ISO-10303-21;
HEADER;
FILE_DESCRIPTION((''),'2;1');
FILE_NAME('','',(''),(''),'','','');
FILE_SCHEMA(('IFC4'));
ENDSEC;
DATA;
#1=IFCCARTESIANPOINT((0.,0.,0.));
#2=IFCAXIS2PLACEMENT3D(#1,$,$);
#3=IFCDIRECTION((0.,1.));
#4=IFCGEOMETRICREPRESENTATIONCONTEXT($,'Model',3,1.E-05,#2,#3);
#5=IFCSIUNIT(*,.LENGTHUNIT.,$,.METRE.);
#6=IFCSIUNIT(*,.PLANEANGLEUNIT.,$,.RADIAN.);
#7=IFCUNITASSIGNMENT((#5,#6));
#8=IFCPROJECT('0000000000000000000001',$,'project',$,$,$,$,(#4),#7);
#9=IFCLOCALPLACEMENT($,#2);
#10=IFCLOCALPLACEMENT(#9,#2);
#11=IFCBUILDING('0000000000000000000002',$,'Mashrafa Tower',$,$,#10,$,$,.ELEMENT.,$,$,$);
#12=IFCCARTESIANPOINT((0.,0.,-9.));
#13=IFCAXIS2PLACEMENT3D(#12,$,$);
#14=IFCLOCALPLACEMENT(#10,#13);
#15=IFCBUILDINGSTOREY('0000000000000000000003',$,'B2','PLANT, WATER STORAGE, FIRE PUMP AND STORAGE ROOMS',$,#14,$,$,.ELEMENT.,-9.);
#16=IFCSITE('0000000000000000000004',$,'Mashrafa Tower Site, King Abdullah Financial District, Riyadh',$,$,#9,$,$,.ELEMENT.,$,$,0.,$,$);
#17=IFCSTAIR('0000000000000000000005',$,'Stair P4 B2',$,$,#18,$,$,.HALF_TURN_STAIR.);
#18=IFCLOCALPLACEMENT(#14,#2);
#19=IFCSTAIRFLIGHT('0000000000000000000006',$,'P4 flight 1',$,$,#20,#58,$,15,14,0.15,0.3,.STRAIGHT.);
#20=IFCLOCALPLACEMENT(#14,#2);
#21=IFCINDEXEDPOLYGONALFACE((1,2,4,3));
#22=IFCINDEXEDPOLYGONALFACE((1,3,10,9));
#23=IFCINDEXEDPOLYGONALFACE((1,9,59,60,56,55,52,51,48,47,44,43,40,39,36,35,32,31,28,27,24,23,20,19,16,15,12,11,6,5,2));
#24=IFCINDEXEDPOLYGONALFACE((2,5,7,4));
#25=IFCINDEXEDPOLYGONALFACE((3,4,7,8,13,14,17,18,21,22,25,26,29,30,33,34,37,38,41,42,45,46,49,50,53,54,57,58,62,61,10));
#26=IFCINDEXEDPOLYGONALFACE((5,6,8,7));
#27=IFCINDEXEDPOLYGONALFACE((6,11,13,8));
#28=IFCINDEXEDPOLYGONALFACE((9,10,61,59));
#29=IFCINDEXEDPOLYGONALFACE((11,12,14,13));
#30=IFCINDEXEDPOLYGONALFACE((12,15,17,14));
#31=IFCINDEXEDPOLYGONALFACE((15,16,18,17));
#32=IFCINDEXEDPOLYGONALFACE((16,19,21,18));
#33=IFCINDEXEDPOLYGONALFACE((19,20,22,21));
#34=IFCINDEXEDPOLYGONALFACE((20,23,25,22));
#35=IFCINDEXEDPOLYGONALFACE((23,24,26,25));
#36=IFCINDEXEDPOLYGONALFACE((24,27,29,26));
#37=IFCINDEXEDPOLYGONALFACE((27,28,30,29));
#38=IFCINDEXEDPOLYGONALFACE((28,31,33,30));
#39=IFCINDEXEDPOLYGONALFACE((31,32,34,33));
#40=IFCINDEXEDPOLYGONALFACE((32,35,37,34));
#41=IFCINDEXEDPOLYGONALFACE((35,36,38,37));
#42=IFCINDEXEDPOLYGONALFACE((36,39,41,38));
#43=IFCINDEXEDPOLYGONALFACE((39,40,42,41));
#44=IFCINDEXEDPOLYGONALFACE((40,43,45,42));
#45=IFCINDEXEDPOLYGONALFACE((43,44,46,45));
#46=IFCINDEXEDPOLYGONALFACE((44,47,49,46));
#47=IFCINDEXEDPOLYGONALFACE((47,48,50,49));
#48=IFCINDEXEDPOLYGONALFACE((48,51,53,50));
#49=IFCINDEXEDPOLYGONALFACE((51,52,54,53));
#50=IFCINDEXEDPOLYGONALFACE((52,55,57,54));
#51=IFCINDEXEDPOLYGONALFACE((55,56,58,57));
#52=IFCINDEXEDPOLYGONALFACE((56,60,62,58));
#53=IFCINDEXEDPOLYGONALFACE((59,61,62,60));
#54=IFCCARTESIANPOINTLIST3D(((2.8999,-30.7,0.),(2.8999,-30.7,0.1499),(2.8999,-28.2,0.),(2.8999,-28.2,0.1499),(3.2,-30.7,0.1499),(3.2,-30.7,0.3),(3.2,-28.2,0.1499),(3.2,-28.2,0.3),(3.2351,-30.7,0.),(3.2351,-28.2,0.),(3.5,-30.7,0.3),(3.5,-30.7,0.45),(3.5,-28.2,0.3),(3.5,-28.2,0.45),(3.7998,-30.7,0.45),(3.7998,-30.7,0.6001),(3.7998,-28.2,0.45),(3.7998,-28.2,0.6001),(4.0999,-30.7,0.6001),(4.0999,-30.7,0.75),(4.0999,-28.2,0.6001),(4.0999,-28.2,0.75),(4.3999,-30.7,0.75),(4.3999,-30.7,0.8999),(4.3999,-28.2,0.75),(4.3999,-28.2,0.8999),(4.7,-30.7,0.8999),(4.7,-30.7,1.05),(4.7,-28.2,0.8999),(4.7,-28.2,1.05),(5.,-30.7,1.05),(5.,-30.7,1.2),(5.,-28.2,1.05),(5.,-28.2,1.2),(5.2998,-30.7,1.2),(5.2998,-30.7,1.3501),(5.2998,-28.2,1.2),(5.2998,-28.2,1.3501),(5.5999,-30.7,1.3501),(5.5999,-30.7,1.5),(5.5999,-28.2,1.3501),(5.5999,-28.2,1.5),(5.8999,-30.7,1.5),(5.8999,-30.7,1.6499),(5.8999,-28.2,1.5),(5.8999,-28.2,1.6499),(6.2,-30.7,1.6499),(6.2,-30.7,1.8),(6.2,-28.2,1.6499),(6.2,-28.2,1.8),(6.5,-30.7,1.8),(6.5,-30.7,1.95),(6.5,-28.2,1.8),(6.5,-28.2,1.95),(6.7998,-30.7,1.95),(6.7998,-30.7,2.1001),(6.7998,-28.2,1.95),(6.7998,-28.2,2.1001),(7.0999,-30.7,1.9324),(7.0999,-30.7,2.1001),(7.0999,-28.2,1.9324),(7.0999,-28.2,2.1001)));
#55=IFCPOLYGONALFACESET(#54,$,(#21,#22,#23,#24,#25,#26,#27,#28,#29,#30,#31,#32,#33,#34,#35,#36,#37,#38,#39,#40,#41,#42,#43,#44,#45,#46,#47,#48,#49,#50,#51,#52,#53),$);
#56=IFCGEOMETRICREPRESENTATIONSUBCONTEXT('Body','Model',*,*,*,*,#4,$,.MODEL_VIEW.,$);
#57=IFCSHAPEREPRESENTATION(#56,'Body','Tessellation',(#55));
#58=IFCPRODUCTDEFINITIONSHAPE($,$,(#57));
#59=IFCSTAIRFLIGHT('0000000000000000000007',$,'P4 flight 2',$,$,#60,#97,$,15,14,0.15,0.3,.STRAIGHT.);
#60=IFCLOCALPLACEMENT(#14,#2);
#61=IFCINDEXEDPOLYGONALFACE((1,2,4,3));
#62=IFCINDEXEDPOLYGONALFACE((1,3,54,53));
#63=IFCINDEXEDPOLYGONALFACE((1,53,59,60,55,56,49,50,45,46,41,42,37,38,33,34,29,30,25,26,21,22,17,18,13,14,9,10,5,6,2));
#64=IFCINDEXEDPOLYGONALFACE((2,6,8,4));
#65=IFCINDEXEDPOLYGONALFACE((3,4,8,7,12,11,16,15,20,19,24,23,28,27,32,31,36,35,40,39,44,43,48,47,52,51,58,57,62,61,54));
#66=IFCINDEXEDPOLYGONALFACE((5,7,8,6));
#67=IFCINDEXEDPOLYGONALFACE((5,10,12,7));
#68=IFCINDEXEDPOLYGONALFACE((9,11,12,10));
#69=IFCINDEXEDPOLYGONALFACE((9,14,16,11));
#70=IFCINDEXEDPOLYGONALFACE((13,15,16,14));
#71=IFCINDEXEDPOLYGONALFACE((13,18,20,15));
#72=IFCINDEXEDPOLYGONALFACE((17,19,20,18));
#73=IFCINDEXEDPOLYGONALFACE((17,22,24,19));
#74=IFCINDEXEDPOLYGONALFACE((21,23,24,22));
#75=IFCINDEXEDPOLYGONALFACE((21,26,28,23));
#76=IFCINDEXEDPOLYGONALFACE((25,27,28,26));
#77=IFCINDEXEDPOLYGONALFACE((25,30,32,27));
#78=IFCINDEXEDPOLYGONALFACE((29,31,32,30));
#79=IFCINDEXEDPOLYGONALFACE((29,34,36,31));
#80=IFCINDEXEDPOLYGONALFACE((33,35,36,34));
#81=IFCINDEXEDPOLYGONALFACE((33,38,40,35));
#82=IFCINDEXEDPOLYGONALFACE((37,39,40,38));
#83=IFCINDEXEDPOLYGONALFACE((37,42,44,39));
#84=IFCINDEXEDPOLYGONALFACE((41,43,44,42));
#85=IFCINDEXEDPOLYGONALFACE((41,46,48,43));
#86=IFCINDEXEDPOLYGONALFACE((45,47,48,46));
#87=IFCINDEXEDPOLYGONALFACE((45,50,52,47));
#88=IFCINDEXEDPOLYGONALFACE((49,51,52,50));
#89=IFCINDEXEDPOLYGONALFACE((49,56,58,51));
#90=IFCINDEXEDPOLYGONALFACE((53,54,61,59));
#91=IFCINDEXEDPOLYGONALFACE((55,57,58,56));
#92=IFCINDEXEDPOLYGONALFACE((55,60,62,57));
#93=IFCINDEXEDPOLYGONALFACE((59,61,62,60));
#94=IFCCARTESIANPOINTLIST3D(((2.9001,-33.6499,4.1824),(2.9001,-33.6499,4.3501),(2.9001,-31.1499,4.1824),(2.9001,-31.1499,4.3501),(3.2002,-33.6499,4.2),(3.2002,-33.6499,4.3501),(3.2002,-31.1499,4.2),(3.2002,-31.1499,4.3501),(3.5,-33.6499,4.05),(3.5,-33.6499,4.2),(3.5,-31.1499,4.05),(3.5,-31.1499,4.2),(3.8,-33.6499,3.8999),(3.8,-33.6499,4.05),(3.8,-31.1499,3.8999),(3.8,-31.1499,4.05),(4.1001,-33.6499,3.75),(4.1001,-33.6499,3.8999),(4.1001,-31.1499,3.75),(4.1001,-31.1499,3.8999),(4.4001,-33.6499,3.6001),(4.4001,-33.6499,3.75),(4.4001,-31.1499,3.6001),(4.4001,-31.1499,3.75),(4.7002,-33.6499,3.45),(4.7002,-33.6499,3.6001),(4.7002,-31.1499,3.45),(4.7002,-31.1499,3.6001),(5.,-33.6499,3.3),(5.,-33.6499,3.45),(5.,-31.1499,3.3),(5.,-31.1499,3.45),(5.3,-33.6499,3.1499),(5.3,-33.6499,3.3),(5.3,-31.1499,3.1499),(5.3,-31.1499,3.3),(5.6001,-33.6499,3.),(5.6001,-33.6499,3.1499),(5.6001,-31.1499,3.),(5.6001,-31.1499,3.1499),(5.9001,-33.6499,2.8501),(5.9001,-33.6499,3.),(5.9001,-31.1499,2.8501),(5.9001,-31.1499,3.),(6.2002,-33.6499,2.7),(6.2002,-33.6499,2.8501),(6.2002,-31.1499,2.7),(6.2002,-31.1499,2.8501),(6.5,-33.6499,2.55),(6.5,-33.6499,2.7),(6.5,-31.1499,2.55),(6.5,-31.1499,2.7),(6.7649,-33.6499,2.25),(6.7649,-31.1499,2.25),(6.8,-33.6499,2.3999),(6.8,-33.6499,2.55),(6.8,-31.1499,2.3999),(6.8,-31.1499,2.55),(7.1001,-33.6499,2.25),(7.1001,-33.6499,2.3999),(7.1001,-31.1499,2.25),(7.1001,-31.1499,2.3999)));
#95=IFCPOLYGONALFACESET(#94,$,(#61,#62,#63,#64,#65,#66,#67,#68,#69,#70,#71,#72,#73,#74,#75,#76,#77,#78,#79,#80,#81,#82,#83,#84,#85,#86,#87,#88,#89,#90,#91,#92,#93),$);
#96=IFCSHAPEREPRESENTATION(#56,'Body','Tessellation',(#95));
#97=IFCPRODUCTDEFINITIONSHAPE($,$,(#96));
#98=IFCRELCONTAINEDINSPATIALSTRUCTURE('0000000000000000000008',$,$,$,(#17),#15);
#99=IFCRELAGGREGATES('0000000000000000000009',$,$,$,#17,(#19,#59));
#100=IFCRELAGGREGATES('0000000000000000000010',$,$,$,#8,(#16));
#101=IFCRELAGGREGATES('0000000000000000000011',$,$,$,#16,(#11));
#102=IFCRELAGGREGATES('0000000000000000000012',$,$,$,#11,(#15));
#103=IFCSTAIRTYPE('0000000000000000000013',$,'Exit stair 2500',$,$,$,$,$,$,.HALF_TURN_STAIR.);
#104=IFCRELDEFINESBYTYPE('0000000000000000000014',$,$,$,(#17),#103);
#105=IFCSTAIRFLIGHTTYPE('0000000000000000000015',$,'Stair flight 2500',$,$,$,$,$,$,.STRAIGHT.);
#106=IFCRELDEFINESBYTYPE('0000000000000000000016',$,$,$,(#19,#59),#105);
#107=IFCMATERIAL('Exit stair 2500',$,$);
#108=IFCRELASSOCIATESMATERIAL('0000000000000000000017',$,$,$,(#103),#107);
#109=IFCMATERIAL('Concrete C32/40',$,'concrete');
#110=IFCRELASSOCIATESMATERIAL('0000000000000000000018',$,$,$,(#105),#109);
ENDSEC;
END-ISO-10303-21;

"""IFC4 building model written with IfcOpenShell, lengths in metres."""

from ifc_helpers import new_model, si_unit, direction, frame, origin, place, context, subcontext, project, spatial, polyline, outline, extrude, material, type_object, element, aggregate, save


model = new_model("IFC4")

# Units and contexts
model_context = context("Model", 3, precision=1e-05, world=origin(), true_north=direction((0.0, 1.0)))
body_context = subcontext(model_context, "Body", "Model", "MODEL_VIEW")
ifc_project = project(units=[si_unit("LENGTHUNIT", "METRE"), si_unit("PLANEANGLEUNIT", "RADIAN")], contexts=[model_context])

# Site, building, storey
site_placement = place(None, origin())
site = spatial("IfcSite", under=ifc_project, at=site_placement, Name="Mashrafa Tower Site, King Abdullah Financial District, Riyadh", CompositionType="ELEMENT", RefElevation=0.0)
building_placement = place(site_placement, origin())
building = spatial("IfcBuilding", under=site, at=building_placement, Name="Mashrafa Tower", CompositionType="ELEMENT")
storey_placement = place(building_placement, frame((0.0, 0.0, -9.0)))
storey = spatial("IfcBuildingStorey", under=building, at=storey_placement, Name="B2", Description="PLANT, WATER STORAGE, FIRE PUMP AND STORAGE ROOMS", CompositionType="ELEMENT", Elevation=-9.0)

# Stair, stair flights
ifc_material_1 = material(Name="Exit stair 2500")
stair_type = type_object("IfcStairType", Name="Exit stair 2500", PredefinedType="HALF_TURN_STAIR", material=ifc_material_1)
stair_placement = place(storey_placement, origin())
stair = element("IfcStair", 1, at=stair_placement, inside=storey, type_object=stair_type, Name="Stair P4 B2", PredefinedType="HALF_TURN_STAIR")
ifc_material_2 = material(Name="Concrete C32/40", Category="concrete")
stair_flight_type = type_object("IfcStairFlightType", Name="Stair flight 2500", PredefinedType="STRAIGHT", material=ifc_material_2)
stair_flight_1_placement = place(storey_placement, frame((2.8999, -29.45, 0.0), z_axis=(0.0, 0.0, 1.0), x_axis=(1.0, 0.0, 0.0)))
stair_flight_1 = element("IfcStairFlight", 2, at=stair_flight_1_placement, type_object=stair_flight_type, Name="P4 flight 1", NumberOfRisers=15, NumberOfTreads=14, PredefinedType="STRAIGHT", RiserHeight=0.15, TreadLength=0.3, context=body_context, shape_type="SweptSolid", body=[
    extrude(outline(polyline([(0.0, 0.0), (0.0, 0.1499), (0.3, 0.1499), (0.3, 0.3), (0.6001, 0.3), (0.6001, 0.45), (0.8999, 0.45), (0.8999, 0.6001), (1.2, 0.6001), (1.2, 0.75), (1.5, 0.75), (1.5, 0.8999), (1.8, 0.8999), (1.8, 1.05), (2.1001, 1.05), (2.1001, 1.2), (2.3999, 1.2), (2.3999, 1.3501), (2.7, 1.3501), (2.7, 1.5), (3.0, 1.5), (3.0, 1.6499), (3.3, 1.6499), (3.3, 1.8), (3.6001, 1.8), (3.6001, 1.95), (3.8999, 1.95), (3.8999, 2.1001), (4.2, 2.1001), (4.2, 2.25), (4.2, 1.9324), (0.3352, 0.0), (0.0, 0.0)])), frame((0.0, 1.25, 0.0), z_axis=(0.0, -1.0, 0.0), x_axis=(1.0, 0.0, 0.0)), (0.0, 0.0, 1.0), 2.5),
])
stair_flight_2_placement = place(storey_placement, frame((7.1001, -32.3999, 2.25), z_axis=(0.0, 0.0, 1.0), x_axis=(-1.0, 0.0, 0.0)))
stair_flight_2 = element("IfcStairFlight", 3, at=stair_flight_2_placement, type_object=stair_flight_type, Name="P4 flight 2", NumberOfRisers=15, NumberOfTreads=14, PredefinedType="STRAIGHT", RiserHeight=0.15, TreadLength=0.3, context=body_context, shape_type="SweptSolid", body=[
    extrude(outline(polyline([(0.0, 0.0), (0.0, 0.1499), (0.3, 0.1499), (0.3, 0.3), (0.6001, 0.3), (0.6001, 0.45), (0.8999, 0.45), (0.8999, 0.6001), (1.2, 0.6001), (1.2, 0.75), (1.5, 0.75), (1.5, 0.8999), (1.8, 0.8999), (1.8, 1.05), (2.1001, 1.05), (2.1001, 1.2), (2.3999, 1.2), (2.3999, 1.3501), (2.7, 1.3501), (2.7, 1.5), (3.0, 1.5), (3.0, 1.6499), (3.3, 1.6499), (3.3, 1.8), (3.6001, 1.8), (3.6001, 1.95), (3.8999, 1.95), (3.8999, 2.1001), (4.2, 2.1001), (4.2, 2.25), (4.2, 1.9324), (0.3352, 0.0), (0.0, 0.0)])), frame((0.0, 1.25, 0.0), z_axis=(0.0, -1.0, 0.0), x_axis=(1.0, 0.0, 0.0)), (0.0, 0.0, 1.0), 2.5),
])
aggregate(stair, [stair_flight_1, stair_flight_2])

save(model, "model.ifc")
